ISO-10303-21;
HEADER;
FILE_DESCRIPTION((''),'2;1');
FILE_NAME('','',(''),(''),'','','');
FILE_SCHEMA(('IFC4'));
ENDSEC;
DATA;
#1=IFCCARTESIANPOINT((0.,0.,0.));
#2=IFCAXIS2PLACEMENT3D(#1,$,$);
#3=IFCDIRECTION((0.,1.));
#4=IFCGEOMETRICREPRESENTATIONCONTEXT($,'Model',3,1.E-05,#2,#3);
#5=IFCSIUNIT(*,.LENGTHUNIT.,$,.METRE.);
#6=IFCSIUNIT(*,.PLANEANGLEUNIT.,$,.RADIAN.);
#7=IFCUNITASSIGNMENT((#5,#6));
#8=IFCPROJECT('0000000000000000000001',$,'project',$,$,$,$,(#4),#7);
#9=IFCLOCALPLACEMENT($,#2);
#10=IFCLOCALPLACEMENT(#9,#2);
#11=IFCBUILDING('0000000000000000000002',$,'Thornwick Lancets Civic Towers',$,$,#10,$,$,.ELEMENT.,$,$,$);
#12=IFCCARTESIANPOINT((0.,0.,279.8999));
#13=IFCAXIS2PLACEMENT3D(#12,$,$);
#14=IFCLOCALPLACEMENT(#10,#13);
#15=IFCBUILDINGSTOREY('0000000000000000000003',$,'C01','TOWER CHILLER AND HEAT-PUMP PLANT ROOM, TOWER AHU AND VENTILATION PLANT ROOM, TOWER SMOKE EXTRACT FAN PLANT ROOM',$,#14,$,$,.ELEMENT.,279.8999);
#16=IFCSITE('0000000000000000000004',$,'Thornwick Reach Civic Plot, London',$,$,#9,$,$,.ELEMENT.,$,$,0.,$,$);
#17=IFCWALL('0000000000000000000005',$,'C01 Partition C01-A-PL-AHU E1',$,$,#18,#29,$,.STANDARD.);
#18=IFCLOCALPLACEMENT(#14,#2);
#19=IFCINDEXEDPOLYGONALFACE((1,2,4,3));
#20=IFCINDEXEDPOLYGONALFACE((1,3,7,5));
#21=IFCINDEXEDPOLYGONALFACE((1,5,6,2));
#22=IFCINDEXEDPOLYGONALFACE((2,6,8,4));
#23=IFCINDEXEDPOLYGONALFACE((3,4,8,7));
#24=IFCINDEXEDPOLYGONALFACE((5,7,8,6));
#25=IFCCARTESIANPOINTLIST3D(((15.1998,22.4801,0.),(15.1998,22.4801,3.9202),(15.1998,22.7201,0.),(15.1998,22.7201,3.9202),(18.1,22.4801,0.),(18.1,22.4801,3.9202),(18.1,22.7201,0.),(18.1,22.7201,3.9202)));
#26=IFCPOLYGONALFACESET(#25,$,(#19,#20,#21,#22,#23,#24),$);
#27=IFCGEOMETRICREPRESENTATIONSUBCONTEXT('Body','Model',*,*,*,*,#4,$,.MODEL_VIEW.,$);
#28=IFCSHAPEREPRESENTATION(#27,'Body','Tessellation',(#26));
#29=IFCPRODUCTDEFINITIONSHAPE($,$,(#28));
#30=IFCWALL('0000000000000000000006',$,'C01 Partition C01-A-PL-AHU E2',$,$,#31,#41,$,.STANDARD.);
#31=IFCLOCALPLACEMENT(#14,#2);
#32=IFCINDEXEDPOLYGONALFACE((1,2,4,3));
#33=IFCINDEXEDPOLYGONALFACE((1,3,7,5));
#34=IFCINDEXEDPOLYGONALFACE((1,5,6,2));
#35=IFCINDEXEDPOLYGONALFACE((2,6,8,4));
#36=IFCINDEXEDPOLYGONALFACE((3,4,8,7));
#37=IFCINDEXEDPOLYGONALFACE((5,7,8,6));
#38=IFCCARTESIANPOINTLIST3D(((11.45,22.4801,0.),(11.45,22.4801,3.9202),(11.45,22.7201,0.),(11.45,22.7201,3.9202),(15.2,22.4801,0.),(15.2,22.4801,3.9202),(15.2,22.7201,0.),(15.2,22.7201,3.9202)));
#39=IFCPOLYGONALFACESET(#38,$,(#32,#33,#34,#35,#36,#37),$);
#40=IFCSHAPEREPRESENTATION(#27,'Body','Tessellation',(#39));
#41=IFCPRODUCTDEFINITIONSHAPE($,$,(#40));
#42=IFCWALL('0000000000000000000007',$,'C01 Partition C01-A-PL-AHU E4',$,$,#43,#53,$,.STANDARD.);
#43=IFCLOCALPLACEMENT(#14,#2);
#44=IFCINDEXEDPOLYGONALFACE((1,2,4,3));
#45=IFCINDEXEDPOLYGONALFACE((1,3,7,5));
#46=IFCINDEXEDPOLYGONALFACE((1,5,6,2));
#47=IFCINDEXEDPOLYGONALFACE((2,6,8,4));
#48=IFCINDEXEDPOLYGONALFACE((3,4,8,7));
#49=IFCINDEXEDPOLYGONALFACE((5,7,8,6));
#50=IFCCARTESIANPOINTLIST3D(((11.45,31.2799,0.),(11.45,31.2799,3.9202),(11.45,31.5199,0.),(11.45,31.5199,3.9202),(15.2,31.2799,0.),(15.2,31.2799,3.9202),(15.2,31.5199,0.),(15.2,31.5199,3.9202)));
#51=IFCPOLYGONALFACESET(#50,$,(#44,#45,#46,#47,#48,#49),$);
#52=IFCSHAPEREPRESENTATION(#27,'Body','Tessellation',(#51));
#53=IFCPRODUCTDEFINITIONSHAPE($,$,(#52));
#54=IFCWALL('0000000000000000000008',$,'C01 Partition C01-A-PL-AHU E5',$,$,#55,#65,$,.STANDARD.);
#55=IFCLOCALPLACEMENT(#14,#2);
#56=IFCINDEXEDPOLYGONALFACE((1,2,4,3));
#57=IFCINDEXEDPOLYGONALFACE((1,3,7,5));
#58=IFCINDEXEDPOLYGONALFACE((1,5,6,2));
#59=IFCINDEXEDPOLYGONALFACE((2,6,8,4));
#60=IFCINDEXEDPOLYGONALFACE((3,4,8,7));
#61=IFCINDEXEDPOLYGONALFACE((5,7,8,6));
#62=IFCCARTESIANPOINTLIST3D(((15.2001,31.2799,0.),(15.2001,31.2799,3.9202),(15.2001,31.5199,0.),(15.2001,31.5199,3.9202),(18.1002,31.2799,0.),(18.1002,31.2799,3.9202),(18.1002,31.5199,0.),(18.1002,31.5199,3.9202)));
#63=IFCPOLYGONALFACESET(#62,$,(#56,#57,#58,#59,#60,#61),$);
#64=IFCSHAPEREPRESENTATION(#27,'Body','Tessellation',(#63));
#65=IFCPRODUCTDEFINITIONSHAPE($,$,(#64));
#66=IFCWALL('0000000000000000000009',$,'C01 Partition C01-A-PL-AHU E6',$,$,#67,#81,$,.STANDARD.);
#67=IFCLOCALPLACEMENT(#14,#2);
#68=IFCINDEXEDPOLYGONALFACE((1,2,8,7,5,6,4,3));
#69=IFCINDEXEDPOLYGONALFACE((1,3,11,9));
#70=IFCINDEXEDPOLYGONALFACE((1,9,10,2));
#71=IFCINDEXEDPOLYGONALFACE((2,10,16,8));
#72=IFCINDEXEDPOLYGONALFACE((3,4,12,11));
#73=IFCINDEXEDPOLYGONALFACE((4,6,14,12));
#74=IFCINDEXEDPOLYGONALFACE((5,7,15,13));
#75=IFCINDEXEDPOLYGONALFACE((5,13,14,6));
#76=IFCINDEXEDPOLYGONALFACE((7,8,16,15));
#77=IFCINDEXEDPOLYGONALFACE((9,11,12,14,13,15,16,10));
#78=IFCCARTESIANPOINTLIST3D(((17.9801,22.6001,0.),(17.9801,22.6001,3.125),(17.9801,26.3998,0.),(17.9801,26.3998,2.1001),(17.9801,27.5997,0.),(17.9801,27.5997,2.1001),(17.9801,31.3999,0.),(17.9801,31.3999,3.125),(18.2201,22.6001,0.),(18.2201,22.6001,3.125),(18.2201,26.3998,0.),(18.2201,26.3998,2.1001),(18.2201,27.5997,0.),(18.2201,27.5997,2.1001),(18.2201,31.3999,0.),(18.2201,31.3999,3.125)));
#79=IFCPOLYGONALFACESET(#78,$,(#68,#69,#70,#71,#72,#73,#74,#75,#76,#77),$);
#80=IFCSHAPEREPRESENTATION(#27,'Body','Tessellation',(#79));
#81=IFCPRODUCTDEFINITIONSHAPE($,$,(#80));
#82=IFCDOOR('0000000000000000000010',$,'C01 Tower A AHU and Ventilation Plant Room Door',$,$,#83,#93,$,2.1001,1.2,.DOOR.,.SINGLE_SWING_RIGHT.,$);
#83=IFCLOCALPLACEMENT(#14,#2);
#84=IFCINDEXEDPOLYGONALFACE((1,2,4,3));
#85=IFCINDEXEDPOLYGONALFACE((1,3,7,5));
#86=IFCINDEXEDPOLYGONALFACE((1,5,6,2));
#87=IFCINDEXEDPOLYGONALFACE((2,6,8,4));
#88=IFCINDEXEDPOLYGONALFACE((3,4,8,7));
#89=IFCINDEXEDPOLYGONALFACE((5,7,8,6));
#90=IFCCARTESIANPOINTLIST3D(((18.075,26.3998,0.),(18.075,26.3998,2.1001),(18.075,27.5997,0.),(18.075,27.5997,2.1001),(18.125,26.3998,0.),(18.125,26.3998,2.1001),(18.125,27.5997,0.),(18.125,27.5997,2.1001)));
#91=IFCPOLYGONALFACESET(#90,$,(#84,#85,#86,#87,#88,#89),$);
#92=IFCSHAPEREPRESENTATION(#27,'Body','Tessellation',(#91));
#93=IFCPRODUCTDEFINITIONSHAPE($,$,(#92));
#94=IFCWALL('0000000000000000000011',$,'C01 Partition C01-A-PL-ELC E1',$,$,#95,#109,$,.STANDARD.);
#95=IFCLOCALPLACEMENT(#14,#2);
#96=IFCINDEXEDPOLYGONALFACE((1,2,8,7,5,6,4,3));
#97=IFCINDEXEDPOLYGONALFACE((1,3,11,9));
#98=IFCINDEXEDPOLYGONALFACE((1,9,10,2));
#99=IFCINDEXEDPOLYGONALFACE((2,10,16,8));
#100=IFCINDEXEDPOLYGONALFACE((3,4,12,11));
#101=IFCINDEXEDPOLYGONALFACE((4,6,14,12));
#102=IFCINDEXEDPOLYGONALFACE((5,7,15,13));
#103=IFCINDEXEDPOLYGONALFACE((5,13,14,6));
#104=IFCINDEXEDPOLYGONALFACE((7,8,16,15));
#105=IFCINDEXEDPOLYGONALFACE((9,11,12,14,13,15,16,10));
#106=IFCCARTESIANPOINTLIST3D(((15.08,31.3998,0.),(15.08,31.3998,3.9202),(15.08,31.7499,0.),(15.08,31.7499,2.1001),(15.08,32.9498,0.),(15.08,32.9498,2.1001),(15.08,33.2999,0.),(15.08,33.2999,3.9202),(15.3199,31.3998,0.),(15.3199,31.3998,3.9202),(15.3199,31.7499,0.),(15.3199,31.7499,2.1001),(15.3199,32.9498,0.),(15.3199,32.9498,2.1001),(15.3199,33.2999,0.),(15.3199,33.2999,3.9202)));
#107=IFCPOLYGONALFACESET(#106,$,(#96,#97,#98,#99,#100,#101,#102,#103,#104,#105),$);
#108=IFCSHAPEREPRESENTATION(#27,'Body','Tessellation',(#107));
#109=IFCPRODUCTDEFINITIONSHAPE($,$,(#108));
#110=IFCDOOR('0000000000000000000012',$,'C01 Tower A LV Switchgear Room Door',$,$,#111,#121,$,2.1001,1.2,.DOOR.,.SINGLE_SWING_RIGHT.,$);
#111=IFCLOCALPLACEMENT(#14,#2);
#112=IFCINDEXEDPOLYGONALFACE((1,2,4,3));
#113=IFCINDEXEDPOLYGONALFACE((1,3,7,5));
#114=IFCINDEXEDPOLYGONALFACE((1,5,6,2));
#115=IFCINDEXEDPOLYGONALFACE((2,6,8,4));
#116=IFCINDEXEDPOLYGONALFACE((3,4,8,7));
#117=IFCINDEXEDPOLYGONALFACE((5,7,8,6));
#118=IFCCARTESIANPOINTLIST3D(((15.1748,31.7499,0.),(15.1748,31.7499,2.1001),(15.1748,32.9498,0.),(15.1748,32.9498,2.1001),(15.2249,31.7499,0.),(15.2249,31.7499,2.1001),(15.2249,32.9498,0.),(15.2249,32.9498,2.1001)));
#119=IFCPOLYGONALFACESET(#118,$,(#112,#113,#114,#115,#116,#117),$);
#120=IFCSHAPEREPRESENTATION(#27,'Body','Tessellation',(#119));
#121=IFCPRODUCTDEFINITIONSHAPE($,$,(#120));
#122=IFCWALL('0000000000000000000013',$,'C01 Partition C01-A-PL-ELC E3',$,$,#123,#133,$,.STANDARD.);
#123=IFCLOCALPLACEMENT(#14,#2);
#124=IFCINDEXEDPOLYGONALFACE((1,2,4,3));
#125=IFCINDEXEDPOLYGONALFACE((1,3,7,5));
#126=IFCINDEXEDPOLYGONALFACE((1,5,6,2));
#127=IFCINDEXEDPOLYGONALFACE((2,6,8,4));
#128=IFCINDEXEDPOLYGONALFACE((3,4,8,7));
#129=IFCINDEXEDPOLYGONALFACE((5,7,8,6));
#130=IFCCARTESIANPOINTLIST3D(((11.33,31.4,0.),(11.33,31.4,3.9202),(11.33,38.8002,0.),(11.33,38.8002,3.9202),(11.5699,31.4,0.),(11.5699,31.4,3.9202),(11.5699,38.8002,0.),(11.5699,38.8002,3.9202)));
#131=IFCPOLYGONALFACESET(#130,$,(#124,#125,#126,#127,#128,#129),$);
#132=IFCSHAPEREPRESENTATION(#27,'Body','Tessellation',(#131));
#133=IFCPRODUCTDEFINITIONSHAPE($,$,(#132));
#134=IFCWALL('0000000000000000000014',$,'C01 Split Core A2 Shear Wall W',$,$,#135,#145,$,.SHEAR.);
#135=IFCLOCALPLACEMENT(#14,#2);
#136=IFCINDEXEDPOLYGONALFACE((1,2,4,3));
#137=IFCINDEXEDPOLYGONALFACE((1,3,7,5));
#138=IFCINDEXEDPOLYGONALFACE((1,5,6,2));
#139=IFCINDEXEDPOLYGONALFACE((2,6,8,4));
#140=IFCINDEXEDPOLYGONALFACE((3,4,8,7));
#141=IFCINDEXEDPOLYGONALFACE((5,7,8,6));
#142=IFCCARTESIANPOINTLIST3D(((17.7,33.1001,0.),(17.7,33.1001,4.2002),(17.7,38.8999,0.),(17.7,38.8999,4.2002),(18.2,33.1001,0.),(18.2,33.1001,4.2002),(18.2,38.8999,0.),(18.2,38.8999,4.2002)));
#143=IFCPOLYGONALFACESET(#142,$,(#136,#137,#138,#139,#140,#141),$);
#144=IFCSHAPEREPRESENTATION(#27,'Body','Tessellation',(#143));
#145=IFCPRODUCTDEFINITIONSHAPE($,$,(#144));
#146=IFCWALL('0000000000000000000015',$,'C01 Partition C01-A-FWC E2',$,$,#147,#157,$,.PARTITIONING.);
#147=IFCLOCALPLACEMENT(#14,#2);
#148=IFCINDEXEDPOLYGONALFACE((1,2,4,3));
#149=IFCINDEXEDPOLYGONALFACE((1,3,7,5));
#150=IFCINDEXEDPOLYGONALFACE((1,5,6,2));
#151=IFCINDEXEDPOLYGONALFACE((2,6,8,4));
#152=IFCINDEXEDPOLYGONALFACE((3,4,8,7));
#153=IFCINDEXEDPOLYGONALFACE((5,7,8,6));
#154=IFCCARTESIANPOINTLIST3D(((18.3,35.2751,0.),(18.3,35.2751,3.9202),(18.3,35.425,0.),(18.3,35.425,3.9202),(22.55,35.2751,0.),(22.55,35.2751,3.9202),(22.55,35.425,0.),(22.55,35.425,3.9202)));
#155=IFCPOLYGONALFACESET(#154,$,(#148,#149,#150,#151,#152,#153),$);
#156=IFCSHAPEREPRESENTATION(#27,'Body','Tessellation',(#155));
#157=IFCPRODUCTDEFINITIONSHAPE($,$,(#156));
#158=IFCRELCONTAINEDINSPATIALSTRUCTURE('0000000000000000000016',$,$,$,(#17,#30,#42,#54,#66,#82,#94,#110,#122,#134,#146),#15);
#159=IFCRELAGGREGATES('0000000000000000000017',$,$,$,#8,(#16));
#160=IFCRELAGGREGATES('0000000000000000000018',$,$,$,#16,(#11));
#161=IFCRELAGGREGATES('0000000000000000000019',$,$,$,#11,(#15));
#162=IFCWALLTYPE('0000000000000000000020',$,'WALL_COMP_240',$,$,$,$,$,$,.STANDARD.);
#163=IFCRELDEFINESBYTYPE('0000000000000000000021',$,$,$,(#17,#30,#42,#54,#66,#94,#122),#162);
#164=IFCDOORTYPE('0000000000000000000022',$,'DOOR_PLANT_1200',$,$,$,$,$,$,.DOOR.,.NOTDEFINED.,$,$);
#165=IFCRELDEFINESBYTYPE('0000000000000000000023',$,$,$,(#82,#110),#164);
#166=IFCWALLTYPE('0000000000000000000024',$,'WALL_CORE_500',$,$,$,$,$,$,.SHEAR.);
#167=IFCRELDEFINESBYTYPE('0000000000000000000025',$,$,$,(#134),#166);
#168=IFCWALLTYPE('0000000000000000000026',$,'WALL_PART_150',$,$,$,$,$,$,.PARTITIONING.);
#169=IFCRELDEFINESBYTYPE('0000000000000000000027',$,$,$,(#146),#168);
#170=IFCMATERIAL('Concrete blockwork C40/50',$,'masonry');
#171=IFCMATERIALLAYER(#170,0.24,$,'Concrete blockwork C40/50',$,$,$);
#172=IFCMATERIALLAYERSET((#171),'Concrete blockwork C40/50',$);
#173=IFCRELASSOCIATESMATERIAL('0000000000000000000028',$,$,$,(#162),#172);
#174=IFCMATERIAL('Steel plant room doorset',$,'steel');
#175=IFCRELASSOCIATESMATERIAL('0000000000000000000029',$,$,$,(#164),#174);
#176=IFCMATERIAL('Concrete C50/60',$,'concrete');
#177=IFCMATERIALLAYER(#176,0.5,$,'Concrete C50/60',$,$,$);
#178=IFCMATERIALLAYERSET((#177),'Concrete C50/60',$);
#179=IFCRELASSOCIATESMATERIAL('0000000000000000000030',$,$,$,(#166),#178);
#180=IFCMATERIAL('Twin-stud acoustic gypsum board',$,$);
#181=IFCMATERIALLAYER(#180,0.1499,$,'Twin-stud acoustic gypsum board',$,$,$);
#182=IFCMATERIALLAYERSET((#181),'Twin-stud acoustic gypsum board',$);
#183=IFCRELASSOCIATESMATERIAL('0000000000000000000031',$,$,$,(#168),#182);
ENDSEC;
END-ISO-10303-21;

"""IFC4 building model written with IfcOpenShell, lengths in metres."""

from ifc_helpers import new_model, si_unit, direction, frame, frame_2d, origin, place, context, subcontext, project, spatial, rectangle, extrude, material, layer, layer_set, type_object, element, fill, save


model = new_model("IFC4")

# Units and contexts
model_context = context("Model", 3, precision=1e-05, world=origin(), true_north=direction((0.0, 1.0)))
body_context = subcontext(model_context, "Body", "Model", "MODEL_VIEW")
ifc_project = project(units=[si_unit("LENGTHUNIT", "METRE"), si_unit("PLANEANGLEUNIT", "RADIAN")], contexts=[model_context])

# Site, building, storey
site_placement = place(None, origin())
site = spatial("IfcSite", under=ifc_project, at=site_placement, Name="Thornwick Reach Civic Plot, London", CompositionType="ELEMENT", RefElevation=0.0)
building_placement = place(site_placement, origin())
building = spatial("IfcBuilding", under=site, at=building_placement, Name="Thornwick Lancets Civic Towers", CompositionType="ELEMENT")
storey_placement = place(building_placement, frame((0.0, 0.0, 279.8999)))
storey = spatial("IfcBuildingStorey", under=building, at=storey_placement, Name="C01", Description="TOWER CHILLER AND HEAT-PUMP PLANT ROOM, TOWER AHU AND VENTILATION PLANT ROOM, TOWER SMOKE EXTRACT FAN PLANT ROOM", CompositionType="ELEMENT", Elevation=279.8999)

# Shared definitions
ifc_material_1 = material(Name="Concrete C50/60", Category="concrete")

# Shared definitions
ifc_material_2 = material(Name="Concrete blockwork C40/50", Category="masonry")

# Walls
ifc_layer_1 = layer(ifc_material_2, 0.24, Name="Concrete blockwork C40/50")
ifc_layer_set_1 = layer_set([ifc_layer_1], Name="Concrete blockwork C40/50")
wall_type_1 = type_object("IfcWallType", Name="WALL_COMP_240", PredefinedType="STANDARD", material=ifc_layer_set_1)
wall_1_placement = place(storey_placement, frame((18.1001, 22.6001, 0.0), z_axis=(0.0, 0.0, 1.0), x_axis=(-1.0, 0.0, 0.0)))
element("IfcWall", 1, at=wall_1_placement, inside=storey, type_object=wall_type_1, Name="C01 Partition C01-A-PL-AHU E1", PredefinedType="STANDARD", context=body_context, shape_type="SweptSolid", body=[
    extrude(rectangle(XDim=2.9001, YDim=0.24, at=frame_2d((1.4502, 0.0))), origin(), (0.0, 0.0, 1.0), 3.9202),
])
for number, where, z_axis, x_axis, name in (
    (2, (15.2, 22.6001, 0.0), (0.0, 0.0, 1.0), (-1.0, 0.0, 0.0), "C01 Partition C01-A-PL-AHU E2"),
    (3, (11.45, 31.3999, 0.0), (0.0, 0.0, 1.0), (1.0, 0.0, 0.0), "C01 Partition C01-A-PL-AHU E4"),
):
    element("IfcWall", number, at=place(storey_placement, frame(where, z_axis=z_axis, x_axis=x_axis)), inside=storey, type_object=wall_type_1, Name=name, PredefinedType="STANDARD", context=body_context, shape_type="SweptSolid", body=[
        extrude(rectangle(XDim=3.75, YDim=0.24, at=frame_2d((1.875, 0.0))), origin(), (0.0, 0.0, 1.0), 3.9202),
    ])
wall_2_placement = place(storey_placement, frame((15.2, 31.3999, 0.0), z_axis=(0.0, 0.0, 1.0), x_axis=(1.0, 0.0, 0.0)))
element("IfcWall", 4, at=wall_2_placement, inside=storey, type_object=wall_type_1, Name="C01 Partition C01-A-PL-AHU E5", PredefinedType="STANDARD", context=body_context, shape_type="SweptSolid", body=[
    extrude(rectangle(XDim=2.9001, YDim=0.24, at=frame_2d((1.4502, 0.0))), origin(), (0.0, 0.0, 1.0), 3.9202),
])

# Walls, openings, doors
wall_3_placement = place(storey_placement, frame((18.1001, 31.3999, 0.0), z_axis=(0.0, 0.0, 1.0), x_axis=(0.0, -1.0, 0.0)))
wall_3 = element("IfcWall", 5, at=wall_3_placement, inside=storey, type_object=wall_type_1, Name="C01 Partition C01-A-PL-AHU E6", PredefinedType="STANDARD", context=body_context, shape_type="SweptSolid", body=[
    extrude(rectangle(XDim=8.7998, YDim=0.24, at=frame_2d((4.3999, 0.0))), origin(), (0.0, 0.0, 1.0), 3.125),
])
opening_1_placement = place(wall_3_placement, frame((3.8, 0.0, 0.0)))
opening_1 = element("IfcOpeningElement", 6, at=opening_1_placement, cuts=wall_3, PredefinedType="OPENING", context=body_context, shape_type="SweptSolid", body=[
    extrude(rectangle(XDim=1.2, YDim=2.1001, at=frame_2d((0.6001, 1.05))), frame((0.0, 0.1299, 0.0), z_axis=(0.0, -1.0, 0.0), x_axis=(1.0, 0.0, 0.0)), (0.0, 0.0, 1.0), 0.26),
])
ifc_material_3 = material(Name="Steel plant room doorset", Category="steel")
door_type_1 = type_object("IfcDoorType", Name="DOOR_PLANT_1200", OperationType="NOTDEFINED", PredefinedType="DOOR", material=ifc_material_3)
door_1_placement = place(opening_1_placement, origin())
door_1 = element("IfcDoor", 7, at=door_1_placement, inside=storey, type_object=door_type_1, Name="C01 Tower A AHU and Ventilation Plant Room Door", OperationType="SINGLE_SWING_RIGHT", OverallHeight=2.1001, OverallWidth=1.2, PredefinedType="DOOR", context=body_context, shape_type="SweptSolid", body=[
    extrude(rectangle(XDim=1.2, YDim=2.1001, at=frame_2d((0.6001, 1.05))), frame((0.0, 0.0249, 0.0), z_axis=(0.0, -1.0, 0.0), x_axis=(1.0, 0.0, 0.0)), (0.0, 0.0, 1.0), 0.05),
])
fill(opening_1, door_1)
wall_4_placement = place(storey_placement, frame((15.2, 33.3, 0.0), z_axis=(0.0, 0.0, 1.0), x_axis=(0.0, -1.0, 0.0)))
wall_4 = element("IfcWall", 8, at=wall_4_placement, inside=storey, type_object=wall_type_1, Name="C01 Partition C01-A-PL-ELC E1", PredefinedType="STANDARD", context=body_context, shape_type="SweptSolid", body=[
    extrude(rectangle(XDim=1.9001, YDim=0.24, at=frame_2d((0.9502, 0.0))), origin(), (0.0, 0.0, 1.0), 3.9202),
])
opening_2_placement = place(wall_4_placement, frame((0.3501, 0.0, 0.0)))
opening_2 = element("IfcOpeningElement", 9, at=opening_2_placement, cuts=wall_4, PredefinedType="OPENING", context=body_context, shape_type="SweptSolid", body=[
    extrude(rectangle(XDim=1.2, YDim=2.1001, at=frame_2d((0.6001, 1.05))), frame((0.0, 0.1299, 0.0), z_axis=(0.0, -1.0, 0.0), x_axis=(1.0, 0.0, 0.0)), (0.0, 0.0, 1.0), 0.26),
])
door_2_placement = place(opening_2_placement, origin())
door_2 = element("IfcDoor", 10, at=door_2_placement, inside=storey, type_object=door_type_1, Name="C01 Tower A LV Switchgear Room Door", OperationType="SINGLE_SWING_RIGHT", OverallHeight=2.1001, OverallWidth=1.2, PredefinedType="DOOR", context=body_context, shape_type="SweptSolid", body=[
    extrude(rectangle(XDim=1.2, YDim=2.1001, at=frame_2d((0.6001, 1.05))), frame((0.0, 0.0249, 0.0), z_axis=(0.0, -1.0, 0.0), x_axis=(1.0, 0.0, 0.0)), (0.0, 0.0, 1.0), 0.05),
])
fill(opening_2, door_2)

# Walls
wall_5_placement = place(storey_placement, frame((11.45, 31.3999, 0.0), z_axis=(0.0, 0.0, 1.0), x_axis=(0.0, 1.0, 0.0)))
element("IfcWall", 11, at=wall_5_placement, inside=storey, type_object=wall_type_1, Name="C01 Partition C01-A-PL-ELC E3", PredefinedType="STANDARD", context=body_context, shape_type="SweptSolid", body=[
    extrude(rectangle(XDim=7.4001, YDim=0.24, at=frame_2d((3.7002, 0.0))), origin(), (0.0, 0.0, 1.0), 3.9202),
])
ifc_layer_2 = layer(ifc_material_1, 0.5, Name="Concrete C50/60")
ifc_layer_set_2 = layer_set([ifc_layer_2], Name="Concrete C50/60")
wall_type_2 = type_object("IfcWallType", Name="WALL_CORE_500", PredefinedType="SHEAR", material=ifc_layer_set_2)
wall_6_placement = place(storey_placement, frame((17.95, 33.1001, 0.0), z_axis=(0.0, 0.0, 1.0), x_axis=(0.0, 1.0, 0.0)))
element("IfcWall", 12, at=wall_6_placement, inside=storey, type_object=wall_type_2, Name="C01 Split Core A2 Shear Wall W", PredefinedType="SHEAR", context=body_context, shape_type="SweptSolid", body=[
    extrude(rectangle(XDim=5.7998, YDim=0.5, at=frame_2d((2.8999, 0.0))), origin(), (0.0, 0.0, 1.0), 4.2002),
])
ifc_material_4 = material(Name="Twin-stud acoustic gypsum board")
ifc_layer_3 = layer(ifc_material_4, 0.1499, Name="Twin-stud acoustic gypsum board")
ifc_layer_set_3 = layer_set([ifc_layer_3], Name="Twin-stud acoustic gypsum board")
wall_type_3 = type_object("IfcWallType", Name="WALL_PART_150", PredefinedType="PARTITIONING", material=ifc_layer_set_3)
wall_7_placement = place(storey_placement, frame((18.3, 35.3501, 0.0), z_axis=(0.0, 0.0, 1.0), x_axis=(1.0, 0.0, 0.0)))
element("IfcWall", 13, at=wall_7_placement, inside=storey, type_object=wall_type_3, Name="C01 Partition C01-A-FWC E2", PredefinedType="PARTITIONING", context=body_context, shape_type="SweptSolid", body=[
    extrude(rectangle(XDim=4.25, YDim=0.1499, at=frame_2d((2.125, 0.0))), origin(), (0.0, 0.0, 1.0), 3.9202),
])

save(model, "model.ifc")
